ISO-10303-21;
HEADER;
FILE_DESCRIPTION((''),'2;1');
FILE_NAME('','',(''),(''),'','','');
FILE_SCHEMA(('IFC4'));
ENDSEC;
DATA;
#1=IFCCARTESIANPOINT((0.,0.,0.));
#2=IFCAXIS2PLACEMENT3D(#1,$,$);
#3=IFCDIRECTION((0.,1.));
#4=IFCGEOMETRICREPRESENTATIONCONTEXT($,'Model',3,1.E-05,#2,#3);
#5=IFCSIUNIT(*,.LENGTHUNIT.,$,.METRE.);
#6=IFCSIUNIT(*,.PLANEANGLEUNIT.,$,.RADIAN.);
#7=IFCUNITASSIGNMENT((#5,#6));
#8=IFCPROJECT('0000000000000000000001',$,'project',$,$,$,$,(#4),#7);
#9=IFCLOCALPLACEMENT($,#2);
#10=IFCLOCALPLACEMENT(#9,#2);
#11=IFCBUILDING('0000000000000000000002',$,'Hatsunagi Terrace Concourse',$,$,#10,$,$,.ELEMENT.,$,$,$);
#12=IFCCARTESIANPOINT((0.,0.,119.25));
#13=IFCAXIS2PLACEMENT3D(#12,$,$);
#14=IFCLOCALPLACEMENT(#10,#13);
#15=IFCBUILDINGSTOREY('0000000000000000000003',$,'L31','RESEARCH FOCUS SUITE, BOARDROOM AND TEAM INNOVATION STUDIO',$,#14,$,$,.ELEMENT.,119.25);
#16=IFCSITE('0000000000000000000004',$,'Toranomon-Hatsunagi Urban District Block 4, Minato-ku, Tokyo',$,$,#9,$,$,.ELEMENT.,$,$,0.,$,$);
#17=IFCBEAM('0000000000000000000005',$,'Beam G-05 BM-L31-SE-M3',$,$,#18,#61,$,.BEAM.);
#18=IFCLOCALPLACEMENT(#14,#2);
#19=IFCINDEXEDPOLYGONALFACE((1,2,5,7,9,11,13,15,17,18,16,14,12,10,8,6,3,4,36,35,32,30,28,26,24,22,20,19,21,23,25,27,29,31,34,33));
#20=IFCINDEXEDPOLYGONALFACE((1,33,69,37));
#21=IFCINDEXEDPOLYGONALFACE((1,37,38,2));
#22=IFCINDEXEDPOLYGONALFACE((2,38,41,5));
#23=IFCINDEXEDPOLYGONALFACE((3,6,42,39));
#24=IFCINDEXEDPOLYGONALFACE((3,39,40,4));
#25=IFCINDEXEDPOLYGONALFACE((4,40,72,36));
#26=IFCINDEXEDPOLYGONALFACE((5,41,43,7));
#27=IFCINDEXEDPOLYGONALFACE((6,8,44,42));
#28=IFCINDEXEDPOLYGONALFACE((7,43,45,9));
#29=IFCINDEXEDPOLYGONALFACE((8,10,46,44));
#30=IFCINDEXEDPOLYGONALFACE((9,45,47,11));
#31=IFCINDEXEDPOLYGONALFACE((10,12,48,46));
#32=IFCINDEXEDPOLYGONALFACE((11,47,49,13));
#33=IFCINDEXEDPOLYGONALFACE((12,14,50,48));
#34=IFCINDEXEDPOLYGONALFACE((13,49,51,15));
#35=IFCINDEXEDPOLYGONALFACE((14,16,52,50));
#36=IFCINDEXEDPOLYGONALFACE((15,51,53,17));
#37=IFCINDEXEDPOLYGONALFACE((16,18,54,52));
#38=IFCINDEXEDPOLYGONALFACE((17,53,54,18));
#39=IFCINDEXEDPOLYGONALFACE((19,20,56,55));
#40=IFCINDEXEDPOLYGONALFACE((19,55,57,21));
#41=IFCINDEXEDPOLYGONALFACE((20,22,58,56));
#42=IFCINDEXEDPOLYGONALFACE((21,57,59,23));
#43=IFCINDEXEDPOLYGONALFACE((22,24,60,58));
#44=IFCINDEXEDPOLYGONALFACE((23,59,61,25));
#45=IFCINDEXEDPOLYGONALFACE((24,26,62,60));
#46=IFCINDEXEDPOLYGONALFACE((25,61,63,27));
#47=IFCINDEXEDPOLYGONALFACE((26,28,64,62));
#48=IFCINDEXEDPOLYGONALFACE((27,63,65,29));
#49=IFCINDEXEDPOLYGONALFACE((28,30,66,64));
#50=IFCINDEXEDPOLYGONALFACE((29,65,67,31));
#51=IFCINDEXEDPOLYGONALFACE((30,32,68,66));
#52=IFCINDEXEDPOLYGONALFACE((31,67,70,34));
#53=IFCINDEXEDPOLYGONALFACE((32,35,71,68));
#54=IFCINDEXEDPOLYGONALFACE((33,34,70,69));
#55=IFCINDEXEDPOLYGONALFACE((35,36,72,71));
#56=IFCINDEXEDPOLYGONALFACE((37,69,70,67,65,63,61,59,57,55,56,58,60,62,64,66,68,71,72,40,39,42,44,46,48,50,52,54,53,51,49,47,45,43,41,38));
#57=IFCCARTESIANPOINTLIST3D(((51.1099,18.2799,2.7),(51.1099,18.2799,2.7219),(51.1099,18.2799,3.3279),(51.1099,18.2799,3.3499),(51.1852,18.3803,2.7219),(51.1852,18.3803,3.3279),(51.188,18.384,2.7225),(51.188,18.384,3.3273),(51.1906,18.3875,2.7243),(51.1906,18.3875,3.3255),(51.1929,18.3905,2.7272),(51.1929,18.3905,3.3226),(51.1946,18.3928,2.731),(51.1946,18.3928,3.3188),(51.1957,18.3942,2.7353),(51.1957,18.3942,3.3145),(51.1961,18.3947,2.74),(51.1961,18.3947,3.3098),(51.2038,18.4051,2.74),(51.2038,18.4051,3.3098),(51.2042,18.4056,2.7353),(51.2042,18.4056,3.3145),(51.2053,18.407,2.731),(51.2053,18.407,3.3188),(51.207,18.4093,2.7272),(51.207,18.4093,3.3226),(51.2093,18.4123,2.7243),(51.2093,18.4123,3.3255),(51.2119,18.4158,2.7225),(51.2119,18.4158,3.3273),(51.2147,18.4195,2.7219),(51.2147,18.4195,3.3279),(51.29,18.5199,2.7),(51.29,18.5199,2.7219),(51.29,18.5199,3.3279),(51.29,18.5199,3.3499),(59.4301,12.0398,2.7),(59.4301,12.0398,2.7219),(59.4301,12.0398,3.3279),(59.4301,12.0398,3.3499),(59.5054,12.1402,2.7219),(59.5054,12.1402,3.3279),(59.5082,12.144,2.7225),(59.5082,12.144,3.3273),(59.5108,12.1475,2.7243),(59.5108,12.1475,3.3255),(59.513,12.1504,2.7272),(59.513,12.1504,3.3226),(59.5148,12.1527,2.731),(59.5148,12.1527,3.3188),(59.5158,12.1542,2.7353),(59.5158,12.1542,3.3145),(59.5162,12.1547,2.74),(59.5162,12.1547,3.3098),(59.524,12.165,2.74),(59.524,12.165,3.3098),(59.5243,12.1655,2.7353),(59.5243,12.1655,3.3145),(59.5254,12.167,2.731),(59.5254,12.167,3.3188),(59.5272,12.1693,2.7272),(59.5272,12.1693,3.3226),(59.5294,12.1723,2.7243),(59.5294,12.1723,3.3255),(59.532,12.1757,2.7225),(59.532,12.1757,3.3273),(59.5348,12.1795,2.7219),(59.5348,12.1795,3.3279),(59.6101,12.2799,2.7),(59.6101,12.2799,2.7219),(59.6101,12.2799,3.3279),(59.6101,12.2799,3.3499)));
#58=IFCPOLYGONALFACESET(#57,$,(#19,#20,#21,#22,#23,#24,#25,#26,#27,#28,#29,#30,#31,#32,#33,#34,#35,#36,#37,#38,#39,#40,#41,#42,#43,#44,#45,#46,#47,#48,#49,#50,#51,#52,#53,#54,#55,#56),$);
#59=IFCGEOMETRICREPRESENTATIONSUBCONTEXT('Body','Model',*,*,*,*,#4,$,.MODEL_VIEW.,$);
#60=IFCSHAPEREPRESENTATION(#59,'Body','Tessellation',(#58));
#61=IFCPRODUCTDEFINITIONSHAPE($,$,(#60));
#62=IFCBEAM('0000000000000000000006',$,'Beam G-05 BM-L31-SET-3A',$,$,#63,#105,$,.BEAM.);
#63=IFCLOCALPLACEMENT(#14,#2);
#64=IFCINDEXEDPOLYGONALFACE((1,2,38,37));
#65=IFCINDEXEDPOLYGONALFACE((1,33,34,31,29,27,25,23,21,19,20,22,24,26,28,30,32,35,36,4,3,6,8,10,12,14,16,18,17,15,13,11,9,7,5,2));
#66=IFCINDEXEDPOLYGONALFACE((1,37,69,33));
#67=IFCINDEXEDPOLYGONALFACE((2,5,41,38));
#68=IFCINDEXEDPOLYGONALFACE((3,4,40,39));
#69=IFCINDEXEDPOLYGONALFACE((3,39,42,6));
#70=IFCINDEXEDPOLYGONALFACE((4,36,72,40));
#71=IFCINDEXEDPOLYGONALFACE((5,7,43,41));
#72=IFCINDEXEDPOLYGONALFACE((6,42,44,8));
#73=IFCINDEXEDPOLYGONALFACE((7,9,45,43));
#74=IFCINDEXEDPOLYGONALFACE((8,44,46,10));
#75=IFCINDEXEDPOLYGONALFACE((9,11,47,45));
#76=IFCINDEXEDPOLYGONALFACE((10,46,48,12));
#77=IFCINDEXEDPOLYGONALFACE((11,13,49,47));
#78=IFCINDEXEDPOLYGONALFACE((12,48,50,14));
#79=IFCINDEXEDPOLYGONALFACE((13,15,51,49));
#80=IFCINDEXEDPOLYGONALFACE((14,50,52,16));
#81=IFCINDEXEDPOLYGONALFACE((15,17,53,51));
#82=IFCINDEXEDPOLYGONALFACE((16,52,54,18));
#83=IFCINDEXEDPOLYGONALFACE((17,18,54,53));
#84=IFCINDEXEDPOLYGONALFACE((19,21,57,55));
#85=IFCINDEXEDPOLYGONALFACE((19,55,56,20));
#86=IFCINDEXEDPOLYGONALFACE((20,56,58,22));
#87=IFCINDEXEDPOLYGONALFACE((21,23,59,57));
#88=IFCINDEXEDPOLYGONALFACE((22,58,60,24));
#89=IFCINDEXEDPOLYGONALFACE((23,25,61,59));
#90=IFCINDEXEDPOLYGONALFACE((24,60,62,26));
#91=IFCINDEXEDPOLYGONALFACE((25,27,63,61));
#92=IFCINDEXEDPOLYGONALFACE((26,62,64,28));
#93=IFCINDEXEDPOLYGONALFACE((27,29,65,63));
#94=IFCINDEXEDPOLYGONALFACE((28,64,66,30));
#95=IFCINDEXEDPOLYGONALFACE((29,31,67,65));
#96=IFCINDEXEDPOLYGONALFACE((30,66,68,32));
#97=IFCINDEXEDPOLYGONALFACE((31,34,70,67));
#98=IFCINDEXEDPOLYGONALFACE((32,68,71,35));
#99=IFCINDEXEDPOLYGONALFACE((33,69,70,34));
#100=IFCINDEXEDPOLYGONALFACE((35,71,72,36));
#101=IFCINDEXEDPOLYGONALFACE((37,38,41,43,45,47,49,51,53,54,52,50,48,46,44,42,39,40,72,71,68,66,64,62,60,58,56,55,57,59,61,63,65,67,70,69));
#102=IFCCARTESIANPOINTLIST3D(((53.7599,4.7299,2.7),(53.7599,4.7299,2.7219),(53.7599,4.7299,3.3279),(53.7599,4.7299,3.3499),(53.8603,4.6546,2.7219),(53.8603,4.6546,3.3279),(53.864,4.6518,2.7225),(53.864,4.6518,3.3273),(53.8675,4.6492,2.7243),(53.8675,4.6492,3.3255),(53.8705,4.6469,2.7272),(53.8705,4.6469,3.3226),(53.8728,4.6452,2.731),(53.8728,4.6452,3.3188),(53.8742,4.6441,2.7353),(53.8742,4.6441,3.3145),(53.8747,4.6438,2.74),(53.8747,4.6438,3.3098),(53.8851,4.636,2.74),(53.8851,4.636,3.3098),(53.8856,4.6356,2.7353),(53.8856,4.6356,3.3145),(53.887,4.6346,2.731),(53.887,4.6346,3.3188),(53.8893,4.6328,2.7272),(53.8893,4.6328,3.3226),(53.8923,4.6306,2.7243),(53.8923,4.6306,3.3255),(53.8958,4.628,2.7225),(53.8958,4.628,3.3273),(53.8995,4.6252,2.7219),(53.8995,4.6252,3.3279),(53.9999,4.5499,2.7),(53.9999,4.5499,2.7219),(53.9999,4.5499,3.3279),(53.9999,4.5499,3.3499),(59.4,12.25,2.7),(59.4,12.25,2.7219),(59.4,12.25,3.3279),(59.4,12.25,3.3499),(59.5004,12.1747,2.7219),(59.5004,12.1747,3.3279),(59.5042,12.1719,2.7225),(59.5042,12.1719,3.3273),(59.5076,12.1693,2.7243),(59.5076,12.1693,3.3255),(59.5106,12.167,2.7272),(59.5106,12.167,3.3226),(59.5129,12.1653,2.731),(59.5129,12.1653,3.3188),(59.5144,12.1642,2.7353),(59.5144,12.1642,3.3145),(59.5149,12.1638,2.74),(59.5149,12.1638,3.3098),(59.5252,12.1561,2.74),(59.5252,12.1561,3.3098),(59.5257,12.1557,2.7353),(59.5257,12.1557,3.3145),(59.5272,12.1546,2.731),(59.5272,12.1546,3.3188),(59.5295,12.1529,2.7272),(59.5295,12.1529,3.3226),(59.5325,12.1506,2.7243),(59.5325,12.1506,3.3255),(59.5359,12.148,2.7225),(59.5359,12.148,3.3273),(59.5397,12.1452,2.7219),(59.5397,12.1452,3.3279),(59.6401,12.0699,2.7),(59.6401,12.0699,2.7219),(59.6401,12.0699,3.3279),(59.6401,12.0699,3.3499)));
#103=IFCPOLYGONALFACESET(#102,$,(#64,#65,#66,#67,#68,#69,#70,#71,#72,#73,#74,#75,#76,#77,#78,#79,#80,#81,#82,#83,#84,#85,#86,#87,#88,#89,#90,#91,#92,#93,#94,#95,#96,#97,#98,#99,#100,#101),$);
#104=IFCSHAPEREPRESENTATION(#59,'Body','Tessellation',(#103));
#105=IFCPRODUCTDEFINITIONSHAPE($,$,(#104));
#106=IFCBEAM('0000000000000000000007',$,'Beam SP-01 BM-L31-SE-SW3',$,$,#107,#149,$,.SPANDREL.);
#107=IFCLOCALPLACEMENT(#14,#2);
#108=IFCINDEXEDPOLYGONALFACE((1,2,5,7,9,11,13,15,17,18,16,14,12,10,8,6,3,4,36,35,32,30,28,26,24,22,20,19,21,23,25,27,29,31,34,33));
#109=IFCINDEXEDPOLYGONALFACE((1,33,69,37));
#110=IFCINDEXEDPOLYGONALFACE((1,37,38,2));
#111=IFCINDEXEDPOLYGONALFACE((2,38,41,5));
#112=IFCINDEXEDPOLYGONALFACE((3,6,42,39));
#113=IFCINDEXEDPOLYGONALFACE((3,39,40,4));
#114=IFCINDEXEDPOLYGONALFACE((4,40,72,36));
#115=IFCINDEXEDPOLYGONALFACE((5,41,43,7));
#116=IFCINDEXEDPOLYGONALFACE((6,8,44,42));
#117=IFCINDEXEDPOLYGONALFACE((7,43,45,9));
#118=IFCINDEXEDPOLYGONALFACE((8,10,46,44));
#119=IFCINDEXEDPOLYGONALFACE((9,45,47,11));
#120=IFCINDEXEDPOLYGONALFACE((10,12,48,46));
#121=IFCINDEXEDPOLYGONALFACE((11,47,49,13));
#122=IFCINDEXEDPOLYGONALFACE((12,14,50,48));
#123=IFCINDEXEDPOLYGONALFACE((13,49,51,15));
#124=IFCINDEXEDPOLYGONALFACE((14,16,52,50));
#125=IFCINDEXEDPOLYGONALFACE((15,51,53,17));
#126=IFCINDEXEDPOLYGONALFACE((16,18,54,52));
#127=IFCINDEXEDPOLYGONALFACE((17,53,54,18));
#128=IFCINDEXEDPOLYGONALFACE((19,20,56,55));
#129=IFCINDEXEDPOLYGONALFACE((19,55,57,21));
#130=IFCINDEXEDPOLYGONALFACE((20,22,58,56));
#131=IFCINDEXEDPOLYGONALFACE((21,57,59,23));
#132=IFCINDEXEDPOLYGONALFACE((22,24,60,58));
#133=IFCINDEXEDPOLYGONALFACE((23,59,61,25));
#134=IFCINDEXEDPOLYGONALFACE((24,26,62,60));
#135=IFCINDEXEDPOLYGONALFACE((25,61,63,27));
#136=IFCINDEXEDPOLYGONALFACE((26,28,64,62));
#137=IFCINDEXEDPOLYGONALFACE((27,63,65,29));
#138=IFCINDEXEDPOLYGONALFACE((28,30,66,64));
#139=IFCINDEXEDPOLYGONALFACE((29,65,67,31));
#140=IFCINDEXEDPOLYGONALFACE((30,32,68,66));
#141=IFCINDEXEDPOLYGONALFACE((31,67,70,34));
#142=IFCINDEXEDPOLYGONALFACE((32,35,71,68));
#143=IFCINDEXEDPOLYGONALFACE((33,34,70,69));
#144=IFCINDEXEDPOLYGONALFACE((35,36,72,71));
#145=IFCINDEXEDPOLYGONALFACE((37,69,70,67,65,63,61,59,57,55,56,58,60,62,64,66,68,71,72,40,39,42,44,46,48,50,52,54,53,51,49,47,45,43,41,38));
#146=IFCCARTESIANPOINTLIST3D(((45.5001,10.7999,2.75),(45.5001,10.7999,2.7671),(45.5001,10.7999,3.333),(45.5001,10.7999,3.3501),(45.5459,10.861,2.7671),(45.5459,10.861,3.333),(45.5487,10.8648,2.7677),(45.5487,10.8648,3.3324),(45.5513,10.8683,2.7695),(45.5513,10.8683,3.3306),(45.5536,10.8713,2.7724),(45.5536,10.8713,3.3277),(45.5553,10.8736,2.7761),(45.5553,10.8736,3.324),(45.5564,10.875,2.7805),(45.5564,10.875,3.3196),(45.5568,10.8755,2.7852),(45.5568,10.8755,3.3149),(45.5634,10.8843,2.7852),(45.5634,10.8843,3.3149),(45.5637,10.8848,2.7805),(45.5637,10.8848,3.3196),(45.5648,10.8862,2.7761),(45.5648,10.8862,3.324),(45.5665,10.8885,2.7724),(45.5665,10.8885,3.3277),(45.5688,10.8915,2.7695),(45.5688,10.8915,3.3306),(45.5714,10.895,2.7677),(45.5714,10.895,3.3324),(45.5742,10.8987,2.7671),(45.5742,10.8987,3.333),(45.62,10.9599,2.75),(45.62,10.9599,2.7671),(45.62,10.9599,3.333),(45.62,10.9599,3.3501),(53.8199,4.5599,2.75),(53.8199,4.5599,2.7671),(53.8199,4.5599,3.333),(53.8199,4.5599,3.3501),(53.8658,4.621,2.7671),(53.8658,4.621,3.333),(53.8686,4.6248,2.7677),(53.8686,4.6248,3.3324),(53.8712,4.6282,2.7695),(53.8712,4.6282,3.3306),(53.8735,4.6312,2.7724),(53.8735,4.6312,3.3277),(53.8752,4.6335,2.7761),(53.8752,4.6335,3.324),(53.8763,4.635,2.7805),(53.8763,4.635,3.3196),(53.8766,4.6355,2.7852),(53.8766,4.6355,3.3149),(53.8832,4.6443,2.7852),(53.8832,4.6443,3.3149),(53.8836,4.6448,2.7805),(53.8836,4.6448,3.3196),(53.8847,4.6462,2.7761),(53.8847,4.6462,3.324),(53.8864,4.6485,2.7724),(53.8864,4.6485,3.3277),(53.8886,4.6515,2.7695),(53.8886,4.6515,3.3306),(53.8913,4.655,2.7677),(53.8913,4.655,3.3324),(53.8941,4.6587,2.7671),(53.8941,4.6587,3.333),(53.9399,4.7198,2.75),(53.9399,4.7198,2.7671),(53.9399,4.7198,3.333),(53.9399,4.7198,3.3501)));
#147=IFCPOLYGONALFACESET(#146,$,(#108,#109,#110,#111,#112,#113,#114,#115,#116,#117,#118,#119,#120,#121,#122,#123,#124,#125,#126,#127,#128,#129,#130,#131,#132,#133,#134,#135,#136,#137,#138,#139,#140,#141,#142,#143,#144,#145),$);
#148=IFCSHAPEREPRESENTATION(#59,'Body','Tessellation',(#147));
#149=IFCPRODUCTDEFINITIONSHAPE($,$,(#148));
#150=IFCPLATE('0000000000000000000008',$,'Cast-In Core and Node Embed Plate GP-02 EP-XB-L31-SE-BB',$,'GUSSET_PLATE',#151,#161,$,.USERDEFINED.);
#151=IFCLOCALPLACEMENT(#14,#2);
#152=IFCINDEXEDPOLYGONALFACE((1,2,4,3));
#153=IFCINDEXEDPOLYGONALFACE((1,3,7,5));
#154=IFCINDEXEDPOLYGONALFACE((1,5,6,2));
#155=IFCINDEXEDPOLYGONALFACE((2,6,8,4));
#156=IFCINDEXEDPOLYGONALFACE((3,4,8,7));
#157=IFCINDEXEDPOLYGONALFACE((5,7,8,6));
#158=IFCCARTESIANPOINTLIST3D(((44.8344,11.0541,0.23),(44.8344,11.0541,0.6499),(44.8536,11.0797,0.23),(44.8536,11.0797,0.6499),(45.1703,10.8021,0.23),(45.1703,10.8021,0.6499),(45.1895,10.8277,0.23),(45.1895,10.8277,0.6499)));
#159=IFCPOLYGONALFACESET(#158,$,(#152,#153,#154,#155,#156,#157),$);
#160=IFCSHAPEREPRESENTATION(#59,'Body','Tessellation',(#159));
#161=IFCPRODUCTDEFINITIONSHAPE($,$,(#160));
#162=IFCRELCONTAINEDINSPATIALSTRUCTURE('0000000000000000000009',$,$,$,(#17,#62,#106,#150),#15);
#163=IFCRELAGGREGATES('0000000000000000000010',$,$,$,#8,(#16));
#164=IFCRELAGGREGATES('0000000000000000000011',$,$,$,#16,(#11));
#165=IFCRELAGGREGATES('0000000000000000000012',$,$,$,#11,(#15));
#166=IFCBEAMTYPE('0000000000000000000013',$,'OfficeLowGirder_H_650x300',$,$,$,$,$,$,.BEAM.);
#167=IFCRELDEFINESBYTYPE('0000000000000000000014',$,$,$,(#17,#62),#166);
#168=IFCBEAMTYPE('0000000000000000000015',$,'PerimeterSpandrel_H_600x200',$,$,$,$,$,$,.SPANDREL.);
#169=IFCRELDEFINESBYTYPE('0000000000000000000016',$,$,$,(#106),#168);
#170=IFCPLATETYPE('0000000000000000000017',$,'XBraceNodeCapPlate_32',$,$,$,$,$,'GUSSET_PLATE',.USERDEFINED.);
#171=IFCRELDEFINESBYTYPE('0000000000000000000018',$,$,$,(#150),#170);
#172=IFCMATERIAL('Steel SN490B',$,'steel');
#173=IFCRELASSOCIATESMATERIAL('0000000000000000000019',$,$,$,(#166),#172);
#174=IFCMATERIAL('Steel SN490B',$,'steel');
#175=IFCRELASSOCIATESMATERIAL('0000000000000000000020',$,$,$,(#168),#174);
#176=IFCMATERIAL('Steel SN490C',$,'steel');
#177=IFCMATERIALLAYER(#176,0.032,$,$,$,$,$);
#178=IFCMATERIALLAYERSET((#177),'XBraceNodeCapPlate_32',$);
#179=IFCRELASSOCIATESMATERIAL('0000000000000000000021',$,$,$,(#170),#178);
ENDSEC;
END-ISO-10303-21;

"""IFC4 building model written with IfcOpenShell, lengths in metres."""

from ifc_helpers import new_model, si_unit, direction, frame, origin, origin_2d, place, context, subcontext, project, spatial, rectangle, i_section, extrude, material, layer, layer_set, material_profile, profile_set, type_object, element, save


model = new_model("IFC4")

# Units and contexts
model_context = context("Model", 3, precision=1e-05, world=origin(), true_north=direction((0.0, 1.0)))
body_context = subcontext(model_context, "Body", "Model", "MODEL_VIEW")
ifc_project = project(units=[si_unit("LENGTHUNIT", "METRE"), si_unit("PLANEANGLEUNIT", "RADIAN")], contexts=[model_context])

# Site, building, storey
site_placement = place(None, origin())
site = spatial("IfcSite", under=ifc_project, at=site_placement, Name="Toranomon-Hatsunagi Urban District Block 4, Minato-ku, Tokyo", CompositionType="ELEMENT", RefElevation=0.0)
building_placement = place(site_placement, origin())
building = spatial("IfcBuilding", under=site, at=building_placement, Name="Hatsunagi Terrace Concourse", CompositionType="ELEMENT")
storey_placement = place(building_placement, frame((0.0, 0.0, 119.25)))
storey = spatial("IfcBuildingStorey", under=building, at=storey_placement, Name="L31", Description="RESEARCH FOCUS SUITE, BOARDROOM AND TEAM INNOVATION STUDIO", CompositionType="ELEMENT", Elevation=119.25)

# Beams
ifc_material_1 = material(Name="Steel SN490B", Category="steel")
ifc_material_profile_1 = material_profile(ifc_material_1, i_section(OverallWidth=0.3, OverallDepth=0.6499, WebThickness=0.0129, FlangeThickness=0.022, FilletRadius=0.0181, at=origin_2d()), Name="H-650x300x13x22")
ifc_profile_set_1 = profile_set([ifc_material_profile_1], Name="Steel SN490B")
beam_type_1 = type_object("IfcBeamType", Name="OfficeLowGirder_H_650x300", PredefinedType="BEAM", material=ifc_profile_set_1)
beam_1_placement = place(storey_placement, frame((51.2, 18.3999, 3.0249), z_axis=(0.800003, -0.599996, 0.0), x_axis=(0.599996, 0.800003, 0.0)))
element("IfcBeam", 1, at=beam_1_placement, inside=storey, type_object=beam_type_1, Name="Beam G-05 BM-L31-SE-M3", PredefinedType="BEAM", context=body_context, shape_type="SweptSolid", body=[
    extrude(i_section(OverallWidth=0.3, OverallDepth=0.6499, WebThickness=0.0129, FlangeThickness=0.022, FilletRadius=0.0181, at=origin_2d()), origin(), (0.0, 0.0, 1.0), 10.4001),
])
beam_2_placement = place(storey_placement, frame((53.8799, 4.6399, 3.0249), z_axis=(0.600008, 0.799994, 0.0), x_axis=(-0.799994, 0.600008, 0.0)))
element("IfcBeam", 2, at=beam_2_placement, inside=storey, type_object=beam_type_1, Name="Beam G-05 BM-L31-SET-3A", PredefinedType="BEAM", context=body_context, shape_type="SweptSolid", body=[
    extrude(i_section(OverallWidth=0.3, OverallDepth=0.6499, WebThickness=0.0129, FlangeThickness=0.022, FilletRadius=0.0181, at=origin_2d()), origin(), (0.0, 0.0, 1.0), 9.4001),
])
ifc_material_2 = material(Name="Steel SN490B", Category="steel")
ifc_material_profile_2 = material_profile(ifc_material_2, i_section(OverallWidth=0.2, OverallDepth=0.6001, WebThickness=0.011, FlangeThickness=0.0171, FilletRadius=0.0181, at=origin_2d()), Name="H-600x200x11x17")
ifc_profile_set_2 = profile_set([ifc_material_profile_2], Name="Steel SN490B")
beam_type_2 = type_object("IfcBeamType", Name="PerimeterSpandrel_H_600x200", PredefinedType="SPANDREL", material=ifc_profile_set_2)
beam_3_placement = place(storey_placement, frame((45.5601, 10.8799, 3.05), z_axis=(0.799994, -0.600008, 0.0), x_axis=(0.600008, 0.799994, 0.0)))
element("IfcBeam", 3, at=beam_3_placement, inside=storey, type_object=beam_type_2, Name="Beam SP-01 BM-L31-SE-SW3", PredefinedType="SPANDREL", context=body_context, shape_type="SweptSolid", body=[
    extrude(i_section(OverallWidth=0.2, OverallDepth=0.6001, WebThickness=0.011, FlangeThickness=0.0171, FilletRadius=0.0181, at=origin_2d()), origin(), (0.0, 0.0, 1.0), 10.3999),
])

# Plate
ifc_material_3 = material(Name="Steel SN490C", Category="steel")
ifc_layer_1 = layer(ifc_material_3, 0.032)
ifc_layer_set_1 = layer_set([ifc_layer_1], Name="XBraceNodeCapPlate_32")
plate_type = type_object("IfcPlateType", Name="XBraceNodeCapPlate_32", ElementType="GUSSET_PLATE", PredefinedType="USERDEFINED", material=ifc_layer_set_1)
plate_placement = place(storey_placement, frame((45.012, 10.9409, 0.23), z_axis=(0.0, 0.0, 1.0), x_axis=(0.8, -0.6, 0.0)))
element("IfcPlate", 4, at=plate_placement, inside=storey, type_object=plate_type, Name="Cast-In Core and Node Embed Plate GP-02 EP-XB-L31-SE-BB", ObjectType="GUSSET_PLATE", PredefinedType="USERDEFINED", context=body_context, shape_type="SweptSolid", body=[
    extrude(rectangle(XDim=0.4199, YDim=0.032, at=origin_2d()), origin(), (0.0, 0.0, 1.0), 0.4199),
])

save(model, "model.ifc")
